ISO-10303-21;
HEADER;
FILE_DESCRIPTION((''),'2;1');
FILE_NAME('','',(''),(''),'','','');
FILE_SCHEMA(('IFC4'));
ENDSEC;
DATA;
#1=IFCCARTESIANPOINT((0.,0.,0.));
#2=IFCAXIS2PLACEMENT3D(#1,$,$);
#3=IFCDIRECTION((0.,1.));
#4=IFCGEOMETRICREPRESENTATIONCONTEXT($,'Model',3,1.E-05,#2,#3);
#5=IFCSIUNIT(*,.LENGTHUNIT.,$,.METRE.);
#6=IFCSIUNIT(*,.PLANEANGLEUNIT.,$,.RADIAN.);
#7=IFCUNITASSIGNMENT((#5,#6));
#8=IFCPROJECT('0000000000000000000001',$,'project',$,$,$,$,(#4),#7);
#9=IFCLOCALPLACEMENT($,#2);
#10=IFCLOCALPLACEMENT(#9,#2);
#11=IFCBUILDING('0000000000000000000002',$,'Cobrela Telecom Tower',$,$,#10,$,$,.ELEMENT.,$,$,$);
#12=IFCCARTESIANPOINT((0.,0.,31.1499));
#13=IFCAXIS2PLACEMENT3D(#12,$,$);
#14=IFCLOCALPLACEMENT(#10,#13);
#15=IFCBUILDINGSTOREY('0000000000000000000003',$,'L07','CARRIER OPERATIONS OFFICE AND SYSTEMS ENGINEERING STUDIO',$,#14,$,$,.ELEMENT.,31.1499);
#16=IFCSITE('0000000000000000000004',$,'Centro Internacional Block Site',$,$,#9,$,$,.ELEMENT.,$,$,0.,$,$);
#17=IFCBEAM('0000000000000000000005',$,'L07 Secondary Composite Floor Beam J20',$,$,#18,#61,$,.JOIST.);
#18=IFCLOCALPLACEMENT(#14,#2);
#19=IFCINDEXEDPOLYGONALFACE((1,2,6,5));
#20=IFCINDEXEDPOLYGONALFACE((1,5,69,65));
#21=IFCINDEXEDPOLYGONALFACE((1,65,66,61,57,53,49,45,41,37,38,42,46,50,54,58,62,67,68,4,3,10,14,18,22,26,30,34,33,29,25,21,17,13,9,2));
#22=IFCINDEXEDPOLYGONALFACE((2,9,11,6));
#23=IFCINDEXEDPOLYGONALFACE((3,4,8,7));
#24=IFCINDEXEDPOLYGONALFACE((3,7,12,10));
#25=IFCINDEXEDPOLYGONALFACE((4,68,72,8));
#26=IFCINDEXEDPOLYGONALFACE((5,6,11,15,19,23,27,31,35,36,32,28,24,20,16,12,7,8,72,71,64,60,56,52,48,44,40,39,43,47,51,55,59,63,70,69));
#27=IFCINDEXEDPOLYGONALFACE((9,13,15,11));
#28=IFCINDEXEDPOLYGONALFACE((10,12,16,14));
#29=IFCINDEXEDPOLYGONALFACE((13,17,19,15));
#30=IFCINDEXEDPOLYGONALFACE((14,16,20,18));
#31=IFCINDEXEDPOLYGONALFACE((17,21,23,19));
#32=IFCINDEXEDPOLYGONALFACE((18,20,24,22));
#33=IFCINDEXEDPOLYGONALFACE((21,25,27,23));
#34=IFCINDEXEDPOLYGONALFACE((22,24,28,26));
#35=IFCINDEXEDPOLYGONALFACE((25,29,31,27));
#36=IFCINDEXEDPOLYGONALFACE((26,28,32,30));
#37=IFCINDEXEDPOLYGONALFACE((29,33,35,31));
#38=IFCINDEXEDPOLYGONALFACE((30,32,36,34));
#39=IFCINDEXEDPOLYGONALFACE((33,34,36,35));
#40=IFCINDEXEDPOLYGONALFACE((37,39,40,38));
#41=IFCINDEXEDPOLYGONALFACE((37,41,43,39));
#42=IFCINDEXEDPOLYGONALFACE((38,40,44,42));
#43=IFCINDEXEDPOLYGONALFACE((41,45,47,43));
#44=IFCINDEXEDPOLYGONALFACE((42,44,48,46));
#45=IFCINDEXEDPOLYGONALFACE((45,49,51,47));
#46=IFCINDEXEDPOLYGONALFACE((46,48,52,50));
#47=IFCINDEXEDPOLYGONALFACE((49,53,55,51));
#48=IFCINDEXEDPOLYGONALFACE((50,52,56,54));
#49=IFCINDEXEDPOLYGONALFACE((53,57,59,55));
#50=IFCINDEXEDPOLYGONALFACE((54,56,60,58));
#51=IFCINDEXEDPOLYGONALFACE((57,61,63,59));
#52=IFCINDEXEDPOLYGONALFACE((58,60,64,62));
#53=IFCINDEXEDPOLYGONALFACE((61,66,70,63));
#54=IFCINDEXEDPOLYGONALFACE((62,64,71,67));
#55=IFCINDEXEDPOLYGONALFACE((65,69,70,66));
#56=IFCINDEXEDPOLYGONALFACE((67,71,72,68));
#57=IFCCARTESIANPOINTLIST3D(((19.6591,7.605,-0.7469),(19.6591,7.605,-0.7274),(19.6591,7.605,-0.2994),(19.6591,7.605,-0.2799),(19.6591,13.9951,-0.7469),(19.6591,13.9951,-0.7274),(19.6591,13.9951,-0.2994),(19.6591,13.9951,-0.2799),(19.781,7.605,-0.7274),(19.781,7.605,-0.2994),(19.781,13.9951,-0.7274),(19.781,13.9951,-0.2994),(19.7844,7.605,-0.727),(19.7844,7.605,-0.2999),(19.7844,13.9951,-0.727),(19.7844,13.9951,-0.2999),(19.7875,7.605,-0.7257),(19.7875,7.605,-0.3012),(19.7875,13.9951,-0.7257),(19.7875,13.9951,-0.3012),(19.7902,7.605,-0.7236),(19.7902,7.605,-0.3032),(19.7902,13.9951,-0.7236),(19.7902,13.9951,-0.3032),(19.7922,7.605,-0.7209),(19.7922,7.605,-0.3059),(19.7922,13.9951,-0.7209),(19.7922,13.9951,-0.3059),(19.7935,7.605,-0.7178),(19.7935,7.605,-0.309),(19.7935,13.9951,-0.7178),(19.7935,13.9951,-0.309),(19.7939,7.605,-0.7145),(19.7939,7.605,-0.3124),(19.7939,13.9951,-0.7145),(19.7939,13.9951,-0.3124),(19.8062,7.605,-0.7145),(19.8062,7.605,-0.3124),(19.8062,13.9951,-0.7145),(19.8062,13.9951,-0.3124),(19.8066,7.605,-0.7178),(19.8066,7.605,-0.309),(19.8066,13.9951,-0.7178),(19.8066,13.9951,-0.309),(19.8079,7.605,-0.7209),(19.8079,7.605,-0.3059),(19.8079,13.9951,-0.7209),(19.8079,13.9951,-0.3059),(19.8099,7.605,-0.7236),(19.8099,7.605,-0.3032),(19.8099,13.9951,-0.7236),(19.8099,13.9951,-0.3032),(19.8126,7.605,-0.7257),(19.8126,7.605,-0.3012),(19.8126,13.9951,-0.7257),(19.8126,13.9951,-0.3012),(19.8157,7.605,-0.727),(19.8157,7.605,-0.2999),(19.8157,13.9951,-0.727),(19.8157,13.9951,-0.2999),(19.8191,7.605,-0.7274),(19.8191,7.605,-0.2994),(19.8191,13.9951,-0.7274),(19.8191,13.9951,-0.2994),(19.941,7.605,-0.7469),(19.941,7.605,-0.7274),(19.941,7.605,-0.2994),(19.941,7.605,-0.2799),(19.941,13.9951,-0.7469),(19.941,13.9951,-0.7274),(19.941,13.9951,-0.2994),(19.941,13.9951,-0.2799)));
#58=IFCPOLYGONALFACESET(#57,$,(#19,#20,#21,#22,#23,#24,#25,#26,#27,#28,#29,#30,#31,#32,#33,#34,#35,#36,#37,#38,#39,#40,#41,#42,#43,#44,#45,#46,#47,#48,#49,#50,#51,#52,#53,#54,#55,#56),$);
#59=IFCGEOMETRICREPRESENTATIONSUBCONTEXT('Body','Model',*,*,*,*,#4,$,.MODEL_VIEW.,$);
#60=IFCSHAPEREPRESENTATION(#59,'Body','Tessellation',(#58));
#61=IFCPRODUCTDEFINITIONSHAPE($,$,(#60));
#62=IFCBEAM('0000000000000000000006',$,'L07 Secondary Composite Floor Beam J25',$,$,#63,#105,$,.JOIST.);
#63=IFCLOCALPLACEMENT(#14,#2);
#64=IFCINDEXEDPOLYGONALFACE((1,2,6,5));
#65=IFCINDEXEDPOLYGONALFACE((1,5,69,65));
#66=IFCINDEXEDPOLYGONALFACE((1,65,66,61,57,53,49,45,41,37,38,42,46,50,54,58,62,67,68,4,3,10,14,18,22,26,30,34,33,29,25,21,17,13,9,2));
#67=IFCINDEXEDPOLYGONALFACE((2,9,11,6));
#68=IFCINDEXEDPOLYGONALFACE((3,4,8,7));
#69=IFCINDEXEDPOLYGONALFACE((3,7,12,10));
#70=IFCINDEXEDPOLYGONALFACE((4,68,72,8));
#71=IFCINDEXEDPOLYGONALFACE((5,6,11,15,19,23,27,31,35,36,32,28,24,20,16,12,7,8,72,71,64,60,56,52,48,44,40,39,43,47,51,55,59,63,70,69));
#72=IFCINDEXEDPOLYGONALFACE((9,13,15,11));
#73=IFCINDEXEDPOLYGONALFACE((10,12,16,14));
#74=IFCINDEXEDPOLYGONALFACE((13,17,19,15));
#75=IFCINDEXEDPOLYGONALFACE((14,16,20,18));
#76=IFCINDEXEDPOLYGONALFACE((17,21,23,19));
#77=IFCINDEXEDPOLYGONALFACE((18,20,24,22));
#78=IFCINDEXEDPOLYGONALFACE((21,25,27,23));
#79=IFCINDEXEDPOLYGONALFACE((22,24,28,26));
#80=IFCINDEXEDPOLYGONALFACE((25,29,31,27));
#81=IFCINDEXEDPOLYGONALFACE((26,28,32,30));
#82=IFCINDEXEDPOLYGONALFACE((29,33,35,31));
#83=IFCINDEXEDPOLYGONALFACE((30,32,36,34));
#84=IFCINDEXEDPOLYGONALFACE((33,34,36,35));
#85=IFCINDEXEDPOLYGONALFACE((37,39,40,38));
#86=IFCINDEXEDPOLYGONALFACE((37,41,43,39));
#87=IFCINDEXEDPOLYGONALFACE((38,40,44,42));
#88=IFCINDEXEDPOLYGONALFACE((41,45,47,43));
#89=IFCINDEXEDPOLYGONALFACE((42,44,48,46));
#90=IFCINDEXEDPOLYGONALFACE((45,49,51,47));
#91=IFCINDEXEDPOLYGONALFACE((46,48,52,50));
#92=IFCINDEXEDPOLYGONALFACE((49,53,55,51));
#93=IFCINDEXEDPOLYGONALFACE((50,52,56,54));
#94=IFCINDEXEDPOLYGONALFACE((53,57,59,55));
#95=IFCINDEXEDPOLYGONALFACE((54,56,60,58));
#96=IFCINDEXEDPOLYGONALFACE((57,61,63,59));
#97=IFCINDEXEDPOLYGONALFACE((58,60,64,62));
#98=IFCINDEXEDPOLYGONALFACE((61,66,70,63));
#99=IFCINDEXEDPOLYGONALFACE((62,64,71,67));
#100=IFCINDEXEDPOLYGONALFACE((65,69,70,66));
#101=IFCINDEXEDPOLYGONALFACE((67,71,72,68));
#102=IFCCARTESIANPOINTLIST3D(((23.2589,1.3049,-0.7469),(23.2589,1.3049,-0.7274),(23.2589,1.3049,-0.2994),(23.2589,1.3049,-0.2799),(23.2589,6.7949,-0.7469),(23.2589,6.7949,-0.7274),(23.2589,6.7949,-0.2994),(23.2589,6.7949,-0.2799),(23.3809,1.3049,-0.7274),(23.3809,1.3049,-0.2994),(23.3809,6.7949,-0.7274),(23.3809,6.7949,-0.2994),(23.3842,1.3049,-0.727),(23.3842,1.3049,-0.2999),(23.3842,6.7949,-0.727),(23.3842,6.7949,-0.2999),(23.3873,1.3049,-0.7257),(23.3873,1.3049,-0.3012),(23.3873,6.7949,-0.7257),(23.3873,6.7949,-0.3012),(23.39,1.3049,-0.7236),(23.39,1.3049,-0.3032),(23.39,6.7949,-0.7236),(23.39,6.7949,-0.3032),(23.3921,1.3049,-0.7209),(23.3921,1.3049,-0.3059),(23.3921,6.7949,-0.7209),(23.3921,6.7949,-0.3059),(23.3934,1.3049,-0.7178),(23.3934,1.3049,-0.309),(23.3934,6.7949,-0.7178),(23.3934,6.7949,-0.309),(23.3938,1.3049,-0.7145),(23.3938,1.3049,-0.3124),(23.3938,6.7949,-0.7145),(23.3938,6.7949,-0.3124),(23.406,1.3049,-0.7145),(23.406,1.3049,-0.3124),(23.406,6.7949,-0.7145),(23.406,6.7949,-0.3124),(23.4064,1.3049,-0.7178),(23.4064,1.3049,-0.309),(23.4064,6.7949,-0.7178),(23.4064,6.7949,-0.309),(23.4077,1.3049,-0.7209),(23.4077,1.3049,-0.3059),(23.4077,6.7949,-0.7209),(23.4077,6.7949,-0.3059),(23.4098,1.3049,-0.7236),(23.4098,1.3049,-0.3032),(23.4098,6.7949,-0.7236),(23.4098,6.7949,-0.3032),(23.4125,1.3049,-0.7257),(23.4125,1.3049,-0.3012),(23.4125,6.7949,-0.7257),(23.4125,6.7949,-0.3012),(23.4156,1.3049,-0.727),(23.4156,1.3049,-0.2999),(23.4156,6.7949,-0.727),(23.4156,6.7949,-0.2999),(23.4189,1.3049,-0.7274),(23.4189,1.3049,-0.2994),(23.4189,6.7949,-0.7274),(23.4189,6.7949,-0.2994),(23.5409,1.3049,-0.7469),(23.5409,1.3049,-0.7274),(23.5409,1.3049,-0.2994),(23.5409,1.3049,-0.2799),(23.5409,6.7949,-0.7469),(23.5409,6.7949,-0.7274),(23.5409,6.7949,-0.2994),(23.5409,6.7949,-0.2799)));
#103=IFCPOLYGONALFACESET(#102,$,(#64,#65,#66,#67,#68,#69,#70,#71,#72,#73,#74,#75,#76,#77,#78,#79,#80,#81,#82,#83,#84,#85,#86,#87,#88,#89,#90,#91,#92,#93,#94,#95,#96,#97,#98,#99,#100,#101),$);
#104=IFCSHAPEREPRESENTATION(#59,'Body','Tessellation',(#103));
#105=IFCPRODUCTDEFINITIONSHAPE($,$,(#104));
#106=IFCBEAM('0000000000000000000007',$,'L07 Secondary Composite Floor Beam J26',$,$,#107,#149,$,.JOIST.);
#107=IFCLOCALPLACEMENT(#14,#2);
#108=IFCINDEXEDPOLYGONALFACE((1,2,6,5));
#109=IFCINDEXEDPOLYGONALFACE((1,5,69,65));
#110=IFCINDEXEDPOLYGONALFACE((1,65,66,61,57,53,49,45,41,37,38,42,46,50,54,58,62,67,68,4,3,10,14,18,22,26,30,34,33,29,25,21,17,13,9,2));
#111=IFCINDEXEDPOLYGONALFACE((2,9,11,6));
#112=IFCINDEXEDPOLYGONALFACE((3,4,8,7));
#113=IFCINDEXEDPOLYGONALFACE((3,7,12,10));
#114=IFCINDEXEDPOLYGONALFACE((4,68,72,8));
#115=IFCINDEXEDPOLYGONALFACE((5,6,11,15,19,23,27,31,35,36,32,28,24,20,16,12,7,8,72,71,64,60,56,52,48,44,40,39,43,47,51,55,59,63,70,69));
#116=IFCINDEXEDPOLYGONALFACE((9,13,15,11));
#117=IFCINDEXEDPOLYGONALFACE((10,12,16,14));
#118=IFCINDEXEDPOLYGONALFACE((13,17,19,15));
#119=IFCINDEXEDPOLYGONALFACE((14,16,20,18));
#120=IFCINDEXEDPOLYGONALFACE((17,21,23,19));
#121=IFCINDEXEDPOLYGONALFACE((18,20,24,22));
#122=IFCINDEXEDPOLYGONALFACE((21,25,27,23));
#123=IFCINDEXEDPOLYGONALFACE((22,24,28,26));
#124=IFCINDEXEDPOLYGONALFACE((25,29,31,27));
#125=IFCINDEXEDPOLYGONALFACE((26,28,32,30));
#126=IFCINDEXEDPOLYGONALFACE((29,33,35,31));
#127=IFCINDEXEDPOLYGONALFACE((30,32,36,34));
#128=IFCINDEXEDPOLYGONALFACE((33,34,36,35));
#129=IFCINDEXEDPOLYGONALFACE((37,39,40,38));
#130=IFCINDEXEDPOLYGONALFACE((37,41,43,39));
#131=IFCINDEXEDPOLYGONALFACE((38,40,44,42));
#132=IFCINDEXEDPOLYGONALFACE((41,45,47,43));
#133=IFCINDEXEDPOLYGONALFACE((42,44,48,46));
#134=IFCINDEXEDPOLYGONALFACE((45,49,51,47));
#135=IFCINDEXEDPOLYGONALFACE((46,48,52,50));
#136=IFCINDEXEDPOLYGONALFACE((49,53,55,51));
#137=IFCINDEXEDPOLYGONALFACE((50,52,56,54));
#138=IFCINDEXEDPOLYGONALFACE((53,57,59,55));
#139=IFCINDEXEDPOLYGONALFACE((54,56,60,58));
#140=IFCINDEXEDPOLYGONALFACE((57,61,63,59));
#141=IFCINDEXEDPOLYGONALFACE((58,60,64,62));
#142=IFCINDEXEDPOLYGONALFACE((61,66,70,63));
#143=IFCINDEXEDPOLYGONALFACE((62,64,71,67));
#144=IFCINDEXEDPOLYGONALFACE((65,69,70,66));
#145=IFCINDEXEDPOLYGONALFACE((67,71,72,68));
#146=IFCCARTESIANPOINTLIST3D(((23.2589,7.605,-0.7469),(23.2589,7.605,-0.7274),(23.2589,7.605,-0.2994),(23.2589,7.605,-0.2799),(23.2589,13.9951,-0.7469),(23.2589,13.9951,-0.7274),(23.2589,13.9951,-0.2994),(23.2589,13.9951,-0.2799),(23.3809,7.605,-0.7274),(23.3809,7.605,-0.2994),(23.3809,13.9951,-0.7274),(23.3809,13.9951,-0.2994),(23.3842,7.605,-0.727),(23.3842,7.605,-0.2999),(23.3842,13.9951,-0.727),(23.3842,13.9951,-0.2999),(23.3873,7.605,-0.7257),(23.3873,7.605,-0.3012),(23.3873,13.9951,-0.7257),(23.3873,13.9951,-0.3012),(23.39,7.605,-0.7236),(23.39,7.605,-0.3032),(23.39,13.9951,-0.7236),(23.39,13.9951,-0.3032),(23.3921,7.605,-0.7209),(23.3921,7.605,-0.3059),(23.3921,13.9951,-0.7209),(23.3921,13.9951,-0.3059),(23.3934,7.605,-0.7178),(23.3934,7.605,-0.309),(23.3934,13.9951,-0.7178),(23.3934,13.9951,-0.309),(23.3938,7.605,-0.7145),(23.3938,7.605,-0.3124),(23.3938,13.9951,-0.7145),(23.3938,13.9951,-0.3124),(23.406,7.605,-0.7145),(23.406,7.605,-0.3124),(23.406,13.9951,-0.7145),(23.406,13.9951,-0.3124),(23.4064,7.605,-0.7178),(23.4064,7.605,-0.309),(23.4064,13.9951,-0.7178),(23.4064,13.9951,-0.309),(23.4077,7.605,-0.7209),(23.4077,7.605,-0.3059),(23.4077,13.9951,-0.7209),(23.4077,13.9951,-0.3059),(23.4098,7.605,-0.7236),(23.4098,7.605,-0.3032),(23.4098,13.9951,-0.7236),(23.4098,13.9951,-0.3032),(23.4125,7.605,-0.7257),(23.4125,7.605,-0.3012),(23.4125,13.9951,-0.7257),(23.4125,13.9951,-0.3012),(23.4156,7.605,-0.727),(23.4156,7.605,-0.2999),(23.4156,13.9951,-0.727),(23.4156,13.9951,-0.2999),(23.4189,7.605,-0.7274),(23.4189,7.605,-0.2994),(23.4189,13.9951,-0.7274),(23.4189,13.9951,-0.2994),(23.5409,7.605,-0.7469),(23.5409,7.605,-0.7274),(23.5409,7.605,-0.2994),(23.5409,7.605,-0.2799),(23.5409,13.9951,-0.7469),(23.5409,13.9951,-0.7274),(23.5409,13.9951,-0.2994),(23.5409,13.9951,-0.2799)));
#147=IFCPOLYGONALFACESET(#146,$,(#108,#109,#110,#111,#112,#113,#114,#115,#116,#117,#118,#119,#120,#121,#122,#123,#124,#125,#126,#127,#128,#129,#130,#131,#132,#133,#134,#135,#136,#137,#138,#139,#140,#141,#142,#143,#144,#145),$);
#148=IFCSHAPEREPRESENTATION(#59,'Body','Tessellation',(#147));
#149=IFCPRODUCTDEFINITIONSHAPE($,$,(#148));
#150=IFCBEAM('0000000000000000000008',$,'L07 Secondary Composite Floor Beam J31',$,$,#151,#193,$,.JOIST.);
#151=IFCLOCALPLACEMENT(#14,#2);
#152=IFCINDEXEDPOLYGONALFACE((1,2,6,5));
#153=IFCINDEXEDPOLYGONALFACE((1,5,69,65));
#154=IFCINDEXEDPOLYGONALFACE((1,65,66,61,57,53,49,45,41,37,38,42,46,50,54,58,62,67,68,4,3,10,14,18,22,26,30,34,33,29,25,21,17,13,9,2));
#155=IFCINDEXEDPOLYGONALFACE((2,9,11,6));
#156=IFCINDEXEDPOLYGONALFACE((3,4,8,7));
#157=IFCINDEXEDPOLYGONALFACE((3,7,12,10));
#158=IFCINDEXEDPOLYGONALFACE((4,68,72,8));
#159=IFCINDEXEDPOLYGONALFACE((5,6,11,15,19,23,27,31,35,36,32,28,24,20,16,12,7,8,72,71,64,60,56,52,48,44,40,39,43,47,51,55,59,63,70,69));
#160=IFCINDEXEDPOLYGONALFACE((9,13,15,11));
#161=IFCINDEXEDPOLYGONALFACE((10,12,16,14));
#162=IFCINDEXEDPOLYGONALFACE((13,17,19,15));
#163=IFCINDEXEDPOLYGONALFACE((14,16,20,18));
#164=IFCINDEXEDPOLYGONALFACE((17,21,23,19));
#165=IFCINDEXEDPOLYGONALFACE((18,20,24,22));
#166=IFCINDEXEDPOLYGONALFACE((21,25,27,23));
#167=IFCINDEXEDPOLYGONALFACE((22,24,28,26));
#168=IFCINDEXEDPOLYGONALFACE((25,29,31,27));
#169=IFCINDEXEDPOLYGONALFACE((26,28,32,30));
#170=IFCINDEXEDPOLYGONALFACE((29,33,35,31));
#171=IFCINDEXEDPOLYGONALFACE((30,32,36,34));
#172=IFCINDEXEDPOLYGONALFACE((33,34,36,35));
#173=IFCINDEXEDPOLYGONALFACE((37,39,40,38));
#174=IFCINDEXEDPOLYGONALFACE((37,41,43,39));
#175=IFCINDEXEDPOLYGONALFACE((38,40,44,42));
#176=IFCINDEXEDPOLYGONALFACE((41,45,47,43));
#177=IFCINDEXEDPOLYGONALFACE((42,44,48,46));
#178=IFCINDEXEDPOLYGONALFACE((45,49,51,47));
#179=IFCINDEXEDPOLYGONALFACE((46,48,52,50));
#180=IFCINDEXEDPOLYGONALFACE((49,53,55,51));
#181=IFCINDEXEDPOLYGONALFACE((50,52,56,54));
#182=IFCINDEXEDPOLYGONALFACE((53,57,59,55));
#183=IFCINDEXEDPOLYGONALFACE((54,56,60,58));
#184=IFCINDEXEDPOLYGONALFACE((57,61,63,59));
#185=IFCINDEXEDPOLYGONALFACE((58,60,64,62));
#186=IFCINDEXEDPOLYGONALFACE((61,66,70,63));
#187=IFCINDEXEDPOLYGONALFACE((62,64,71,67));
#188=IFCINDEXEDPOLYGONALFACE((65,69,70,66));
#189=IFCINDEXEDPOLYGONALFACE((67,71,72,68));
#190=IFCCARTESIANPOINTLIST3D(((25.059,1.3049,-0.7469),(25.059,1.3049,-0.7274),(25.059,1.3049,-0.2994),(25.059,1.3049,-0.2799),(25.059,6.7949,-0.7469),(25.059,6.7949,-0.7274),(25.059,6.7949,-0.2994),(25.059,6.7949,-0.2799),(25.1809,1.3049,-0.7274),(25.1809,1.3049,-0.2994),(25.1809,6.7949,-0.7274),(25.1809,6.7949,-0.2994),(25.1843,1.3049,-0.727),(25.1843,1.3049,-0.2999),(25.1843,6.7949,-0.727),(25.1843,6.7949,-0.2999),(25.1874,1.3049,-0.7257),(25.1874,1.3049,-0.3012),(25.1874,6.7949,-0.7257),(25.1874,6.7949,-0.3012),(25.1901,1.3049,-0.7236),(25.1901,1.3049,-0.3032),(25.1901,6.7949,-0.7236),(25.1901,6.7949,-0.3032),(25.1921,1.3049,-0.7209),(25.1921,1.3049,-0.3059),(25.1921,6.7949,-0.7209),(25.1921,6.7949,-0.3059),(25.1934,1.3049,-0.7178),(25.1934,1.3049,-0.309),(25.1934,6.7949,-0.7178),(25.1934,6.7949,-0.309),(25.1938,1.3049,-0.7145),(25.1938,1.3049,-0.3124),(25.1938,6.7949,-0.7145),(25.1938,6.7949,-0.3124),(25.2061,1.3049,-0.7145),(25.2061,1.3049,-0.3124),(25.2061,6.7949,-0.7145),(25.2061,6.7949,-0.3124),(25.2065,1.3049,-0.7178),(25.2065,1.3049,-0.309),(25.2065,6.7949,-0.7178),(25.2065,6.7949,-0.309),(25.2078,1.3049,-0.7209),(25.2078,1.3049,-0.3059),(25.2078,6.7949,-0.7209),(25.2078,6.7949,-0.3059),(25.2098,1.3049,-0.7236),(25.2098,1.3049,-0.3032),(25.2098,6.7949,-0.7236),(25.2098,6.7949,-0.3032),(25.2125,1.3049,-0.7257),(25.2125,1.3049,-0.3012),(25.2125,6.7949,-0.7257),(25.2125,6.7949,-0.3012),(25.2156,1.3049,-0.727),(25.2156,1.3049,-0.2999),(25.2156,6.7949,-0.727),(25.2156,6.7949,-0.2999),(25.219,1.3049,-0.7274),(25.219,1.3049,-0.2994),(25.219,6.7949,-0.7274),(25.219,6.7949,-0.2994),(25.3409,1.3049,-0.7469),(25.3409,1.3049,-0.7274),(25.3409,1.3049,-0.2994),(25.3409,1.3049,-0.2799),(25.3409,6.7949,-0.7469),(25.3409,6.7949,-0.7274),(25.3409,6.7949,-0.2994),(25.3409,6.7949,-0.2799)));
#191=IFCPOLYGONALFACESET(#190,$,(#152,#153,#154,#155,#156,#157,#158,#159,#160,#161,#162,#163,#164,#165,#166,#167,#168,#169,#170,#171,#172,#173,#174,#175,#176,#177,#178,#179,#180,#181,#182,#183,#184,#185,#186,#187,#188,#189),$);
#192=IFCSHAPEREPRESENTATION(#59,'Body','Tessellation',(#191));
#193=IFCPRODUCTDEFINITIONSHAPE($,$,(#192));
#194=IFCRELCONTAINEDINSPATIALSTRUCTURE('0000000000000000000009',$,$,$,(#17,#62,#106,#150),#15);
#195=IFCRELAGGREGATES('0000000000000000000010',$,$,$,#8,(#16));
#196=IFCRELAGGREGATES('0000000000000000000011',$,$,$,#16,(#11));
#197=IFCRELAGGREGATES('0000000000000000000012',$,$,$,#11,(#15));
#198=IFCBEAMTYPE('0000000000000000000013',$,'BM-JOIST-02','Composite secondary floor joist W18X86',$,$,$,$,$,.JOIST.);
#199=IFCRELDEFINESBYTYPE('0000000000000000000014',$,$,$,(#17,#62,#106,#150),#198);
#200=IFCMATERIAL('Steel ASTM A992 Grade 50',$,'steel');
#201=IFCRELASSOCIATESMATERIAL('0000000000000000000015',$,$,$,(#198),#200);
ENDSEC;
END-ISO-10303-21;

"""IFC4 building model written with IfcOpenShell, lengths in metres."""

from ifc_helpers import new_model, si_unit, direction, frame, origin, origin_2d, place, context, subcontext, project, spatial, i_section, extrude, material, material_profile, profile_set, type_object, element, save


model = new_model("IFC4")

# Units and contexts
model_context = context("Model", 3, precision=1e-05, world=origin(), true_north=direction((0.0, 1.0)))
body_context = subcontext(model_context, "Body", "Model", "MODEL_VIEW")
ifc_project = project(units=[si_unit("LENGTHUNIT", "METRE"), si_unit("PLANEANGLEUNIT", "RADIAN")], contexts=[model_context])

# Site, building, storey
site_placement = place(None, origin())
site = spatial("IfcSite", under=ifc_project, at=site_placement, Name="Centro Internacional Block Site", CompositionType="ELEMENT", RefElevation=0.0)
building_placement = place(site_placement, origin())
building = spatial("IfcBuilding", under=site, at=building_placement, Name="Cobrela Telecom Tower", CompositionType="ELEMENT")
storey_placement = place(building_placement, frame((0.0, 0.0, 31.1499)))
storey = spatial("IfcBuildingStorey", under=building, at=storey_placement, Name="L07", Description="CARRIER OPERATIONS OFFICE AND SYSTEMS ENGINEERING STUDIO", CompositionType="ELEMENT", Elevation=31.1499)

# Shared definitions
ifc_material_1 = material(Name="Steel ASTM A992 Grade 50", Category="steel")

# Beams
ifc_material_profile_1 = material_profile(ifc_material_1, i_section(OverallWidth=0.282, OverallDepth=0.467, WebThickness=0.0122, FlangeThickness=0.0195, FilletRadius=0.0129, at=origin_2d()), Name="W18X86")
ifc_profile_set_1 = profile_set([ifc_material_profile_1], Name="Steel ASTM A992 Grade 50")
beam_type = type_object("IfcBeamType", Name="BM-JOIST-02", Description="Composite secondary floor joist W18X86", PredefinedType="JOIST", material=ifc_profile_set_1)
beam_1_placement = place(storey_placement, frame((19.8, 7.605, -0.5134), z_axis=(0.0, 1.0, 0.0), x_axis=(-1.0, 0.0, 0.0)))
element("IfcBeam", 1, at=beam_1_placement, inside=storey, type_object=beam_type, Name="L07 Secondary Composite Floor Beam J20", PredefinedType="JOIST", context=body_context, shape_type="SweptSolid", body=[
    extrude(i_section(OverallWidth=0.282, OverallDepth=0.467, WebThickness=0.0122, FlangeThickness=0.0195, FilletRadius=0.0129, at=origin_2d()), origin(), (0.0, 0.0, 1.0), 6.3901),
])
beam_2_placement = place(storey_placement, frame((23.3999, 1.3049, -0.5134), z_axis=(0.0, 1.0, 0.0), x_axis=(-1.0, 0.0, 0.0)))
element("IfcBeam", 2, at=beam_2_placement, inside=storey, type_object=beam_type, Name="L07 Secondary Composite Floor Beam J25", PredefinedType="JOIST", context=body_context, shape_type="SweptSolid", body=[
    extrude(i_section(OverallWidth=0.282, OverallDepth=0.467, WebThickness=0.0122, FlangeThickness=0.0195, FilletRadius=0.0129, at=origin_2d()), origin(), (0.0, 0.0, 1.0), 5.49),
])
beam_3_placement = place(storey_placement, frame((23.3999, 7.605, -0.5134), z_axis=(0.0, 1.0, 0.0), x_axis=(-1.0, 0.0, 0.0)))
element("IfcBeam", 3, at=beam_3_placement, inside=storey, type_object=beam_type, Name="L07 Secondary Composite Floor Beam J26", PredefinedType="JOIST", context=body_context, shape_type="SweptSolid", body=[
    extrude(i_section(OverallWidth=0.282, OverallDepth=0.467, WebThickness=0.0122, FlangeThickness=0.0195, FilletRadius=0.0129, at=origin_2d()), origin(), (0.0, 0.0, 1.0), 6.3901),
])
beam_4_placement = place(storey_placement, frame((25.2, 1.3049, -0.5134), z_axis=(0.0, 1.0, 0.0), x_axis=(-1.0, 0.0, 0.0)))
element("IfcBeam", 4, at=beam_4_placement, inside=storey, type_object=beam_type, Name="L07 Secondary Composite Floor Beam J31", PredefinedType="JOIST", context=body_context, shape_type="SweptSolid", body=[
    extrude(i_section(OverallWidth=0.282, OverallDepth=0.467, WebThickness=0.0122, FlangeThickness=0.0195, FilletRadius=0.0129, at=origin_2d()), origin(), (0.0, 0.0, 1.0), 5.49),
])

save(model, "model.ifc")
